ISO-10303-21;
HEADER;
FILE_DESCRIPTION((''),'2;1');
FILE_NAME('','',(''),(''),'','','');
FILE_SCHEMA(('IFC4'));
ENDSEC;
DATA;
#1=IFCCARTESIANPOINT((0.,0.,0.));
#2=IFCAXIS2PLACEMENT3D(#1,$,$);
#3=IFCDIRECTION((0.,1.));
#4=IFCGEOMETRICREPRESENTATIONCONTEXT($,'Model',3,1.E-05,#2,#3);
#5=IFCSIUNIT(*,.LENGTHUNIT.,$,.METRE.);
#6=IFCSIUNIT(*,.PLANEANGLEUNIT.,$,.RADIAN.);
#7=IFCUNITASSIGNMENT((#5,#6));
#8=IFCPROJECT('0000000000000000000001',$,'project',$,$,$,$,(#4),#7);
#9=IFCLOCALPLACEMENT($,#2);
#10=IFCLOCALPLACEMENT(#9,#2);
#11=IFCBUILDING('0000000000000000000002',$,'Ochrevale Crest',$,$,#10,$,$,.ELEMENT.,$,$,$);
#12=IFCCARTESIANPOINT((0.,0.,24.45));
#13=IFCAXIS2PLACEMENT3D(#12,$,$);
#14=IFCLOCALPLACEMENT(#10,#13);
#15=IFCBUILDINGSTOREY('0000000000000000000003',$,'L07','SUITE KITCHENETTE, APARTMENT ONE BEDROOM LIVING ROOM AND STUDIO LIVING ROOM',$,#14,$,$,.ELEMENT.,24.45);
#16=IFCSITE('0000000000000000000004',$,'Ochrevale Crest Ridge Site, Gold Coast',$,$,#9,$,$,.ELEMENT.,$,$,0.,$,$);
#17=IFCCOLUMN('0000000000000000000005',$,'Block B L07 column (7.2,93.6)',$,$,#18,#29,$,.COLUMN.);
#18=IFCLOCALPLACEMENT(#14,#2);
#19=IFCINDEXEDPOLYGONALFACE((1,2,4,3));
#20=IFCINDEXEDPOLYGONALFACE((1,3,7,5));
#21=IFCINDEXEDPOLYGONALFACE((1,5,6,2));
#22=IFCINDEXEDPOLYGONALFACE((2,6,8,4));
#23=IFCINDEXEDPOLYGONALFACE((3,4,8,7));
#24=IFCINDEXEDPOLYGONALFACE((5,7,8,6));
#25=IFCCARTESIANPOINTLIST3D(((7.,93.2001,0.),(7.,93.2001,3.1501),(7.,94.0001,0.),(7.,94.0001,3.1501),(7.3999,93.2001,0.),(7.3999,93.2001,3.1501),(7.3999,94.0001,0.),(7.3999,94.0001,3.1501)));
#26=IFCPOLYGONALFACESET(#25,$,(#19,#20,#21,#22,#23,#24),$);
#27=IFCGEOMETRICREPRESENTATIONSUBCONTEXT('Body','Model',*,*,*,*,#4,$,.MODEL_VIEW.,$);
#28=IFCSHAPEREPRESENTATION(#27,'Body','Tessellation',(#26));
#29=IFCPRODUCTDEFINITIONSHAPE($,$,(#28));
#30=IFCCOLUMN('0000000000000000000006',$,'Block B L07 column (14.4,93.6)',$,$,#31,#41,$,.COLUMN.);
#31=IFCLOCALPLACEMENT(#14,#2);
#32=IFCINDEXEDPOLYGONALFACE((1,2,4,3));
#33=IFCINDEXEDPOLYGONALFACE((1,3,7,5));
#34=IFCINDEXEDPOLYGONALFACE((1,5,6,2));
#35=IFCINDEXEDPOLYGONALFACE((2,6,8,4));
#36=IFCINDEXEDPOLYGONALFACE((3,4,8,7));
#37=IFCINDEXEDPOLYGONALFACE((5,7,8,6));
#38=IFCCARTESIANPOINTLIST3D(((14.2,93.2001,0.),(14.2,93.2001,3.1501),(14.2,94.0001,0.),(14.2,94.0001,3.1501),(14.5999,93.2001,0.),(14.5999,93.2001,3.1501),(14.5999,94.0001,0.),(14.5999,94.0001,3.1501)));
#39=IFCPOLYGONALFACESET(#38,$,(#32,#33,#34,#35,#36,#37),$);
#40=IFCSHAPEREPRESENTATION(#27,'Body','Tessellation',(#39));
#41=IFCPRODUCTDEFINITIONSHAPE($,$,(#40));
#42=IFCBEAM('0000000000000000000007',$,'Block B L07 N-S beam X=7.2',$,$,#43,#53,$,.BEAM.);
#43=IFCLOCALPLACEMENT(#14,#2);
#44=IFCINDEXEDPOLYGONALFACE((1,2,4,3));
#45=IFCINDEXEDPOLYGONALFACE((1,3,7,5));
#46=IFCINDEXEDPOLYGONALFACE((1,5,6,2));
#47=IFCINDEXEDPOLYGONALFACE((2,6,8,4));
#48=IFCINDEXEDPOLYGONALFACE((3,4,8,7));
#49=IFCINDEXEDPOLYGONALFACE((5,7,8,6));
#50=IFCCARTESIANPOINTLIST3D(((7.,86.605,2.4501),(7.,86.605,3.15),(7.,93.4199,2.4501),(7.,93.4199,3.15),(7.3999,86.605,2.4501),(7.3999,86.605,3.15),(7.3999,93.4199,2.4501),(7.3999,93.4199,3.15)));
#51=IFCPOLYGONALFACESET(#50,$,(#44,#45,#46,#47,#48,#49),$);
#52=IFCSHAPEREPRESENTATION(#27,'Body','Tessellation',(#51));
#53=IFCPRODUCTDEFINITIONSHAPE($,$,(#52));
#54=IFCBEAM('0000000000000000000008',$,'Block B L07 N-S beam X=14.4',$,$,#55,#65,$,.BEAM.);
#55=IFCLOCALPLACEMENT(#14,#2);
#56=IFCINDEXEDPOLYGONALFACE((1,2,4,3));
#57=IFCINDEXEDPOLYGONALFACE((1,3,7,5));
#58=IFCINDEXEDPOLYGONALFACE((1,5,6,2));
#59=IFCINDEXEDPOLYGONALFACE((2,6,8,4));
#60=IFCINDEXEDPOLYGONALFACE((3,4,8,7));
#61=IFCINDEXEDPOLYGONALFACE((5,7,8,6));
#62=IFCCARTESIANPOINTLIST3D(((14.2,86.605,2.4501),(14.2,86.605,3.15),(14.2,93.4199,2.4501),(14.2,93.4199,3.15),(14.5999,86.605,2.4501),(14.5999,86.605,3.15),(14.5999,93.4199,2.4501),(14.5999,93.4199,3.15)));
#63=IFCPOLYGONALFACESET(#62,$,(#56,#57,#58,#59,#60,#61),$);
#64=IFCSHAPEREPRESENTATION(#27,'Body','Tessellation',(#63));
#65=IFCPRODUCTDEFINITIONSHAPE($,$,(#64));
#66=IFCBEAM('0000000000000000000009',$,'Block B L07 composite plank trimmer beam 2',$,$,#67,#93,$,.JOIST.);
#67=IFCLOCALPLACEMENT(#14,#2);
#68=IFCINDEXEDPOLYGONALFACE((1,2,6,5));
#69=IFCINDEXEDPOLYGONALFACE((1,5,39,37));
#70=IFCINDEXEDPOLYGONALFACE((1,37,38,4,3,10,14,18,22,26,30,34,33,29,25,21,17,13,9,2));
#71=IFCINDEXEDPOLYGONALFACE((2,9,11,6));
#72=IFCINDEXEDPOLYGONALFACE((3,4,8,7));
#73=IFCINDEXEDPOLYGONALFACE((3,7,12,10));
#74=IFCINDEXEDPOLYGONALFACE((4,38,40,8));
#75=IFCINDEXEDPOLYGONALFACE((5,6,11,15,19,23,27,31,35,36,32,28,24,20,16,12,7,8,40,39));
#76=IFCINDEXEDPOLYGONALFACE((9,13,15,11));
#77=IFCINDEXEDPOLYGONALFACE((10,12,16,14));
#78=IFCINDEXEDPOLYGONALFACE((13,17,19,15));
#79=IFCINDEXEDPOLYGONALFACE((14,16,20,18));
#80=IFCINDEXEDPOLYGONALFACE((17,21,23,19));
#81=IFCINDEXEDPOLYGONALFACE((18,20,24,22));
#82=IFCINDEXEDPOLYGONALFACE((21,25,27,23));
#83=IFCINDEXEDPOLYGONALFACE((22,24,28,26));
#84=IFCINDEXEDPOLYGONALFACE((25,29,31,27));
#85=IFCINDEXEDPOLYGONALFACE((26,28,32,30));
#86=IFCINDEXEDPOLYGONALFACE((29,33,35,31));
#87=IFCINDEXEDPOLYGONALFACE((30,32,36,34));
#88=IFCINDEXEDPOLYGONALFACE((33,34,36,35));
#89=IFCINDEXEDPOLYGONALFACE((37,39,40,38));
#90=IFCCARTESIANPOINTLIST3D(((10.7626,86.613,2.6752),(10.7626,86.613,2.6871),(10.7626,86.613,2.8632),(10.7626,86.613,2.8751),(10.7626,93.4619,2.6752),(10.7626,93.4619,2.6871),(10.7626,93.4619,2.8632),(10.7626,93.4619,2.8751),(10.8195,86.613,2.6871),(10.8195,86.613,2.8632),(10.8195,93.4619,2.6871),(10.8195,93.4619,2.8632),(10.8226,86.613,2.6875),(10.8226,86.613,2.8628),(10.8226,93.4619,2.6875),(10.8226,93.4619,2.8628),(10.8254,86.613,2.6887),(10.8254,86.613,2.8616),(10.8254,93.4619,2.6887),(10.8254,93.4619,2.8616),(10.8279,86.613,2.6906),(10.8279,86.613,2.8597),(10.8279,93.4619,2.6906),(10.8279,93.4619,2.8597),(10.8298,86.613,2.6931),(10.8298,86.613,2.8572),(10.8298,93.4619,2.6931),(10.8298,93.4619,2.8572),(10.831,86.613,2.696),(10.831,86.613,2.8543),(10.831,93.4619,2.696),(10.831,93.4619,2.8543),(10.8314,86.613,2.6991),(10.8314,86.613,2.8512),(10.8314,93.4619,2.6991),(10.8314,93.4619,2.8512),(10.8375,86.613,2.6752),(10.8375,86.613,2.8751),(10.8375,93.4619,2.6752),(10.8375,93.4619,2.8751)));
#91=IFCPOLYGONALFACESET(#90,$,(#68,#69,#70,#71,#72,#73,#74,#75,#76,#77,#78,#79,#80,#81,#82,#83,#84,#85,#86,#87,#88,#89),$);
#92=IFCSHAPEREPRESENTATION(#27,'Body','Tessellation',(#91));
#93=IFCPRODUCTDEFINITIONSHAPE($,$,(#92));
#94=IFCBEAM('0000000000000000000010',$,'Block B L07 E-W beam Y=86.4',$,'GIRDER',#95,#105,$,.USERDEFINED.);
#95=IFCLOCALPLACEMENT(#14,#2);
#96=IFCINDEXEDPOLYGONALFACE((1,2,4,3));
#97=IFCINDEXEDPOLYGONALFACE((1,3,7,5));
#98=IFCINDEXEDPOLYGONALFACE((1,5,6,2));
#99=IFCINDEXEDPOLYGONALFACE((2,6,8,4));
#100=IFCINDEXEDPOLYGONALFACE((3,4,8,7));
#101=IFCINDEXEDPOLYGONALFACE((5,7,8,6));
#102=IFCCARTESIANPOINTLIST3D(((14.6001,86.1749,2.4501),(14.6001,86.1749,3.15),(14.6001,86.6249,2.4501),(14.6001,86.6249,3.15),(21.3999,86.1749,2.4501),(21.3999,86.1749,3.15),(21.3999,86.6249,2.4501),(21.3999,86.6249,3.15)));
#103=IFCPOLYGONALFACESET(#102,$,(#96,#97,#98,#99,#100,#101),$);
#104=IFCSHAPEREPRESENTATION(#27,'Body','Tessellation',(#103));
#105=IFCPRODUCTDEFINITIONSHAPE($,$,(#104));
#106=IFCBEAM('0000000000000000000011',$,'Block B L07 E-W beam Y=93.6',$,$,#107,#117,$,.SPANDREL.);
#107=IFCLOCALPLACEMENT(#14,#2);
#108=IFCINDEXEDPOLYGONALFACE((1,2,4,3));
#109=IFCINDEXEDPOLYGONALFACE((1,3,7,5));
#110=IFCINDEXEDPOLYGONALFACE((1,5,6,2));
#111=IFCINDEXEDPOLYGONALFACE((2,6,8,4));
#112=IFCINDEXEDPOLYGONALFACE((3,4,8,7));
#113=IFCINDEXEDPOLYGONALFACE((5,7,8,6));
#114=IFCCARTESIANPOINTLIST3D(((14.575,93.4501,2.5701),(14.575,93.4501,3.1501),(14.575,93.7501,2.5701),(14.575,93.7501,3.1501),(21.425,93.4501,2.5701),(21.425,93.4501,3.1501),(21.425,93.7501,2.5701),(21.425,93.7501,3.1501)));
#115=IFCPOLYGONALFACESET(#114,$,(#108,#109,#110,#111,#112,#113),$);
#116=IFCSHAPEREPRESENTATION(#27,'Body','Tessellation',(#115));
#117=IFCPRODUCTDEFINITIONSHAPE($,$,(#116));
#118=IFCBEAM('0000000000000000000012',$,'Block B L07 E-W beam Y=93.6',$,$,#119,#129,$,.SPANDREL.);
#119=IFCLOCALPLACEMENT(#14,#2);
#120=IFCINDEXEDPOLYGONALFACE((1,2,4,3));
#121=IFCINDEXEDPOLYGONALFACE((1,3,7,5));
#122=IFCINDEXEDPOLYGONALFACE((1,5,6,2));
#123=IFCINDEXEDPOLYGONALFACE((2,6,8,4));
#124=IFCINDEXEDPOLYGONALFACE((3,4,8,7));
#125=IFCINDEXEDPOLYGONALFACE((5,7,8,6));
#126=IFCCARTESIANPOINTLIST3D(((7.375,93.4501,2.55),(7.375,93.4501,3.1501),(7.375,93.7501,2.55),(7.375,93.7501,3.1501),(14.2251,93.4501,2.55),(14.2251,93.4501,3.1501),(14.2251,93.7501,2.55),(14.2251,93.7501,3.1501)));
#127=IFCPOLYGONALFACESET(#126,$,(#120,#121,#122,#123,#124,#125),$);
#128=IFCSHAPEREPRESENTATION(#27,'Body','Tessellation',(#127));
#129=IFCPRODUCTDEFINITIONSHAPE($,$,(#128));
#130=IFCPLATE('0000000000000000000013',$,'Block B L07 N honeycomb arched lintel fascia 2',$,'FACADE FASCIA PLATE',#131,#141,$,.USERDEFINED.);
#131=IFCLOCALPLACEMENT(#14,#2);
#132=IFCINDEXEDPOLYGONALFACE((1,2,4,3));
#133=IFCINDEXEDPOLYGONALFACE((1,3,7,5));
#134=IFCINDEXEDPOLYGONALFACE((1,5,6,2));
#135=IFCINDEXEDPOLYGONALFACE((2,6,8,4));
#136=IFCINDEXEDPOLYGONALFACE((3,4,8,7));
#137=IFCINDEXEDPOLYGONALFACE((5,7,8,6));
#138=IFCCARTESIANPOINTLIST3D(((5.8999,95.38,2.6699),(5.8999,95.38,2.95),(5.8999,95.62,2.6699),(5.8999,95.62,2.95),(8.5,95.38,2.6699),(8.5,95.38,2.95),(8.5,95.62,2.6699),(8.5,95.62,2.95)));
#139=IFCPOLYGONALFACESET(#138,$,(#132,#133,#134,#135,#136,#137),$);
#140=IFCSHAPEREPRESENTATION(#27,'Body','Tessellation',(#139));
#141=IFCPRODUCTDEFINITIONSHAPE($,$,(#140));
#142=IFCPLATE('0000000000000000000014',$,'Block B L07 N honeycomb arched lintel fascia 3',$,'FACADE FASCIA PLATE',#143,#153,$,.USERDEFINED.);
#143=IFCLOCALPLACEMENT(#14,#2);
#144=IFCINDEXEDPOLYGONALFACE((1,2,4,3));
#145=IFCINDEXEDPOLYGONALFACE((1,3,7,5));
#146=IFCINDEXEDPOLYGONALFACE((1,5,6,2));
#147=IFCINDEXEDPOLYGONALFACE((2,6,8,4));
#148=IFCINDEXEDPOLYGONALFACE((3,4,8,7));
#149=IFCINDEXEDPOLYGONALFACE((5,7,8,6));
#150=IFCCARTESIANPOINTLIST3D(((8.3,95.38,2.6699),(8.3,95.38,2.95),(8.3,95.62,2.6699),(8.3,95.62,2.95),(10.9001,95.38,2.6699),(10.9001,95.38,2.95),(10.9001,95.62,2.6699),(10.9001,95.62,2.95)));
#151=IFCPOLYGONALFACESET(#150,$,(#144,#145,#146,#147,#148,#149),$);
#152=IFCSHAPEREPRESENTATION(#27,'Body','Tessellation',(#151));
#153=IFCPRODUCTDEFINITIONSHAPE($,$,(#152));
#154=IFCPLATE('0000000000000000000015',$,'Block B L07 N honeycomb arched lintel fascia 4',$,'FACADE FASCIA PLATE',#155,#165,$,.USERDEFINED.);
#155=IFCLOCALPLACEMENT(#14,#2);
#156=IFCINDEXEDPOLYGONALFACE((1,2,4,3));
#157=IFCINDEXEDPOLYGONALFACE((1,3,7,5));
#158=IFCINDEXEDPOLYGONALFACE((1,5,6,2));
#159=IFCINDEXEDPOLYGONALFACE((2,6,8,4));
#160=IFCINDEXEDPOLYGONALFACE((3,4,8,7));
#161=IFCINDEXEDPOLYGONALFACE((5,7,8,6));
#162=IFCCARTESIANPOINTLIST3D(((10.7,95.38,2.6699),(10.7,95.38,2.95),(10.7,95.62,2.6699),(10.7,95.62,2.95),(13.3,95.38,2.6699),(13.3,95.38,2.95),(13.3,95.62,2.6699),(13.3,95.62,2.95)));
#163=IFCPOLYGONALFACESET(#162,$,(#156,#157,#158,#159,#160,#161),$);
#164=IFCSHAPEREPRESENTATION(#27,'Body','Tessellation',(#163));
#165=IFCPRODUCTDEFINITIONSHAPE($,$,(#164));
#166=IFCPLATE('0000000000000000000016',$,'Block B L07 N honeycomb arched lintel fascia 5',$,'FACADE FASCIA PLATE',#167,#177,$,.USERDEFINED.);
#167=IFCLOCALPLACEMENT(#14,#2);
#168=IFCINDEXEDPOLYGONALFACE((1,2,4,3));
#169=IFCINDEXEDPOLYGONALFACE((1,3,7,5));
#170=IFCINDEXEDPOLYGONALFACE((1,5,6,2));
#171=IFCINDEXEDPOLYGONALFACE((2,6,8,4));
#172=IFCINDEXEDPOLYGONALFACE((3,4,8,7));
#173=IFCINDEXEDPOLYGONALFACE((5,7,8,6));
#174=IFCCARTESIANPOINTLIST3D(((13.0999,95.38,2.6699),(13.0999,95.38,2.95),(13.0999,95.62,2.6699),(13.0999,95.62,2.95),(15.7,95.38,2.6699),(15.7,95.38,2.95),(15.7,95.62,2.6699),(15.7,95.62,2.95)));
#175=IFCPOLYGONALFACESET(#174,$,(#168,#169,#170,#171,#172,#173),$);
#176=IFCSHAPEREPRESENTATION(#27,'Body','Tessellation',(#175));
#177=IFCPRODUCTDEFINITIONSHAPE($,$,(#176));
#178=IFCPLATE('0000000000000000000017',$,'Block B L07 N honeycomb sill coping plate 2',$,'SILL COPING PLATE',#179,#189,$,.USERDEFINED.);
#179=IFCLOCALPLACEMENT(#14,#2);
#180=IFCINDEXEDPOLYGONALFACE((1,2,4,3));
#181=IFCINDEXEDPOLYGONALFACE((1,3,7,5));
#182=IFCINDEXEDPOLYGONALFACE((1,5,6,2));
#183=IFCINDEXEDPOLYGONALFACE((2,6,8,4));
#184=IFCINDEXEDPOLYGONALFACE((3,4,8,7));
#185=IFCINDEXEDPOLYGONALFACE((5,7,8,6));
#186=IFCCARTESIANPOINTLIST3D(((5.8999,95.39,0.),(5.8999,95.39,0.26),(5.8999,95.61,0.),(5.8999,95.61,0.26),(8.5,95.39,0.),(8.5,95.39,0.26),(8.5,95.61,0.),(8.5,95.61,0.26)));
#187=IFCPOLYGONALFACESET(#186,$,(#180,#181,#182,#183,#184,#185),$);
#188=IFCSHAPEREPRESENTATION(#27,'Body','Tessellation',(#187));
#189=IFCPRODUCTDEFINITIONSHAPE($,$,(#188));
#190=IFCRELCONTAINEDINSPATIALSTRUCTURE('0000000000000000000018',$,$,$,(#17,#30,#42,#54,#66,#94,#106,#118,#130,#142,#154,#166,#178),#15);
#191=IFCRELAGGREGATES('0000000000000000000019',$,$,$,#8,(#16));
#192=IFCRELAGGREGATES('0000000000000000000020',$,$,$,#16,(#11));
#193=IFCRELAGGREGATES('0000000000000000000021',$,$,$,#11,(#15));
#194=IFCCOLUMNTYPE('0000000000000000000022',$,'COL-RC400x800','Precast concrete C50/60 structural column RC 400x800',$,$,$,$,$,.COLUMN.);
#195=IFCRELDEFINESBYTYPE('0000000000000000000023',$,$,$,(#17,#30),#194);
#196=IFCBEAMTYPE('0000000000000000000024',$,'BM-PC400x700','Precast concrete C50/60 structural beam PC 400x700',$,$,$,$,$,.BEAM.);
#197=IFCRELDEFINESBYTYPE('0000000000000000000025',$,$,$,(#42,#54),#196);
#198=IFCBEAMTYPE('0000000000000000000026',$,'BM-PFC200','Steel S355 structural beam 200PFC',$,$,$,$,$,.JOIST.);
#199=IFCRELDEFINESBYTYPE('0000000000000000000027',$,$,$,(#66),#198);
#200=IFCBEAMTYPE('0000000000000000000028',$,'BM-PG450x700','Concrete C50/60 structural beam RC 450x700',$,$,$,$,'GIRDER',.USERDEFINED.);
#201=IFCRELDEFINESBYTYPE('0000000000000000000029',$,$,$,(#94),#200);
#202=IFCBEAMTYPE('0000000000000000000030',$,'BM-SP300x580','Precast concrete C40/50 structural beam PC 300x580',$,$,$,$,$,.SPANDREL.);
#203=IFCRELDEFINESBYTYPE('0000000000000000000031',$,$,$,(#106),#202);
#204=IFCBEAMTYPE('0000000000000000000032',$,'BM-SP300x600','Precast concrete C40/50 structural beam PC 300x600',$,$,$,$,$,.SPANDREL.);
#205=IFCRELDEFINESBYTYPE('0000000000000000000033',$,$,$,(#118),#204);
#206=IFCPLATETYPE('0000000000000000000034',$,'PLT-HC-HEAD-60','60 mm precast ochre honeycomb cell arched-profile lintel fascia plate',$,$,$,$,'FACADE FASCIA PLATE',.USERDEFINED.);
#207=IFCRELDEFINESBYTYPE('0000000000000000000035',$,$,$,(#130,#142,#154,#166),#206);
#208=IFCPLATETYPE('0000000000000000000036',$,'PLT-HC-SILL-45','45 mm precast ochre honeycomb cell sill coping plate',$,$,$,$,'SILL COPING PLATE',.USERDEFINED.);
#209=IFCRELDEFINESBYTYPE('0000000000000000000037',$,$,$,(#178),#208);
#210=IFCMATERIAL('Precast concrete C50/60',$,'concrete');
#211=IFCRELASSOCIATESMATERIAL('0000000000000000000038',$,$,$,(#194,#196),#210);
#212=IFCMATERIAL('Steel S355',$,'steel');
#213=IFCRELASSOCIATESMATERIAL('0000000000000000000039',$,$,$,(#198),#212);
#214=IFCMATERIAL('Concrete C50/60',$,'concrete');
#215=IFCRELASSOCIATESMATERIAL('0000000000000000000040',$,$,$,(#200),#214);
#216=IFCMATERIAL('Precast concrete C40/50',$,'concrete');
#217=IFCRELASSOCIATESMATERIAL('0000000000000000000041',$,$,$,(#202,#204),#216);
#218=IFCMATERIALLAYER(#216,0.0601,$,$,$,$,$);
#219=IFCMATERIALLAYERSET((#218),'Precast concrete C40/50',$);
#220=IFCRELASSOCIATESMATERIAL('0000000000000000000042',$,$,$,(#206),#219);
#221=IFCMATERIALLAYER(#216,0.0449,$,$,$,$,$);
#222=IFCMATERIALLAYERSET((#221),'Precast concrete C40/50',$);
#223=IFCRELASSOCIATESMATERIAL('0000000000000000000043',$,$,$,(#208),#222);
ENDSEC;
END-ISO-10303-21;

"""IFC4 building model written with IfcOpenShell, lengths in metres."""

from ifc_helpers import new_model, si_unit, direction, frame, origin, origin_2d, place, context, subcontext, project, spatial, rectangle, u_section, extrude, material, layer, layer_set, material_profile, profile_set, type_object, element, save


model = new_model("IFC4")

# Units and contexts
model_context = context("Model", 3, precision=1e-05, world=origin(), true_north=direction((0.0, 1.0)))
body_context = subcontext(model_context, "Body", "Model", "MODEL_VIEW")
ifc_project = project(units=[si_unit("LENGTHUNIT", "METRE"), si_unit("PLANEANGLEUNIT", "RADIAN")], contexts=[model_context])

# Site, building, storey
site_placement = place(None, origin())
site = spatial("IfcSite", under=ifc_project, at=site_placement, Name="Ochrevale Crest Ridge Site, Gold Coast", CompositionType="ELEMENT", RefElevation=0.0)
building_placement = place(site_placement, origin())
building = spatial("IfcBuilding", under=site, at=building_placement, Name="Ochrevale Crest", CompositionType="ELEMENT")
storey_placement = place(building_placement, frame((0.0, 0.0, 24.45)))
storey = spatial("IfcBuildingStorey", under=building, at=storey_placement, Name="L07", Description="SUITE KITCHENETTE, APARTMENT ONE BEDROOM LIVING ROOM AND STUDIO LIVING ROOM", CompositionType="ELEMENT", Elevation=24.45)

# Columns
ifc_material_1 = material(Name="Precast concrete C50/60", Category="concrete")
ifc_material_profile_1 = material_profile(ifc_material_1, rectangle(XDim=0.3999, YDim=0.8, at=origin_2d()), Name="RC 400x800")
ifc_profile_set_1 = profile_set([ifc_material_profile_1], Name="Precast concrete C50/60")
column_type = type_object("IfcColumnType", Name="COL-RC400x800", Description="Precast concrete C50/60 structural column RC 400x800", PredefinedType="COLUMN", material=ifc_profile_set_1)
for number, where, z_axis, x_axis, name in (
    (1, (7.2, 93.6001, 0.0), (0.0, 0.0, 1.0), (1.0, 0.0, 0.0), "Block B L07 column (7.2,93.6)"),
    (2, (14.3999, 93.6001, 0.0), (0.0, 0.0, 1.0), (1.0, 0.0, 0.0), "Block B L07 column (14.4,93.6)"),
):
    element("IfcColumn", number, at=place(storey_placement, frame(where, z_axis=z_axis, x_axis=x_axis)), inside=storey, type_object=column_type, Name=name, PredefinedType="COLUMN", context=body_context, shape_type="SweptSolid", body=[
        extrude(rectangle(XDim=0.3999, YDim=0.8, at=origin_2d()), origin(), (0.0, 0.0, 1.0), 3.1501),
    ])

# Beams
ifc_material_profile_2 = material_profile(ifc_material_1, rectangle(XDim=0.3999, YDim=0.7, at=origin_2d()), Name="PC 400x700")
ifc_profile_set_2 = profile_set([ifc_material_profile_2], Name="Precast concrete C50/60")
beam_type_1 = type_object("IfcBeamType", Name="BM-PC400x700", Description="Precast concrete C50/60 structural beam PC 400x700", PredefinedType="BEAM", material=ifc_profile_set_2)
for number, where, z_axis, x_axis, name in (
    (3, (7.2, 86.605, 2.8), (0.0, 1.0, 0.0), (-1.0, 0.0, 0.0), "Block B L07 N-S beam X=7.2"),
    (4, (14.3999, 86.605, 2.8), (0.0, 1.0, 0.0), (-1.0, 0.0, 0.0), "Block B L07 N-S beam X=14.4"),
):
    element("IfcBeam", number, at=place(storey_placement, frame(where, z_axis=z_axis, x_axis=x_axis)), inside=storey, type_object=beam_type_1, Name=name, PredefinedType="BEAM", context=body_context, shape_type="SweptSolid", body=[
        extrude(rectangle(XDim=0.3999, YDim=0.7, at=origin_2d()), origin(), (0.0, 0.0, 1.0), 6.8149),
    ])
ifc_material_2 = material(Name="Steel S355", Category="steel")
ifc_material_profile_3 = material_profile(ifc_material_2, u_section(Depth=0.2, FlangeWidth=0.075, WebThickness=0.0061, FlangeThickness=0.012, FilletRadius=0.012, at=origin_2d()), Name="200PFC")
ifc_profile_set_3 = profile_set([ifc_material_profile_3], Name="Steel S355")
beam_type_2 = type_object("IfcBeamType", Name="BM-PFC200", Description="Steel S355 structural beam 200PFC", PredefinedType="JOIST", material=ifc_profile_set_3)
beam_1_placement = place(storey_placement, frame((10.8, 86.613, 2.7751), z_axis=(0.0, 1.0, 0.0), x_axis=(-1.0, 0.0, 0.0)))
element("IfcBeam", 5, at=beam_1_placement, inside=storey, type_object=beam_type_2, Name="Block B L07 composite plank trimmer beam 2", PredefinedType="JOIST", context=body_context, shape_type="SweptSolid", body=[
    extrude(u_section(Depth=0.2, FlangeWidth=0.075, WebThickness=0.0061, FlangeThickness=0.012, FilletRadius=0.012, at=origin_2d()), origin(), (0.0, 0.0, 1.0), 6.8489),
])
ifc_material_3 = material(Name="Concrete C50/60", Category="concrete")
ifc_material_profile_4 = material_profile(ifc_material_3, rectangle(XDim=0.45, YDim=0.7, at=origin_2d()), Name="RC 450x700")
ifc_profile_set_4 = profile_set([ifc_material_profile_4], Name="Concrete C50/60")
beam_type_3 = type_object("IfcBeamType", Name="BM-PG450x700", Description="Concrete C50/60 structural beam RC 450x700", ElementType="GIRDER", PredefinedType="USERDEFINED", material=ifc_profile_set_4)
beam_2_placement = place(storey_placement, frame((14.6001, 86.3999, 2.8), z_axis=(1.0, 0.0, 0.0), x_axis=(0.0, 1.0, 0.0)))
element("IfcBeam", 6, at=beam_2_placement, inside=storey, type_object=beam_type_3, Name="Block B L07 E-W beam Y=86.4", ObjectType="GIRDER", PredefinedType="USERDEFINED", context=body_context, shape_type="SweptSolid", body=[
    extrude(rectangle(XDim=0.45, YDim=0.7, at=origin_2d()), origin(), (0.0, 0.0, 1.0), 6.7998),
])
ifc_material_4 = material(Name="Precast concrete C40/50", Category="concrete")
ifc_material_profile_5 = material_profile(ifc_material_4, rectangle(XDim=0.3, YDim=0.5801, at=origin_2d()), Name="PC 300x580")
ifc_profile_set_5 = profile_set([ifc_material_profile_5], Name="Precast concrete C40/50")
beam_type_4 = type_object("IfcBeamType", Name="BM-SP300x580", Description="Precast concrete C40/50 structural beam PC 300x580", PredefinedType="SPANDREL", material=ifc_profile_set_5)
beam_3_placement = place(storey_placement, frame((14.575, 93.6001, 2.8601), z_axis=(1.0, 0.0, 0.0), x_axis=(0.0, 1.0, 0.0)))
element("IfcBeam", 7, at=beam_3_placement, inside=storey, type_object=beam_type_4, Name="Block B L07 E-W beam Y=93.6", PredefinedType="SPANDREL", context=body_context, shape_type="SweptSolid", body=[
    extrude(rectangle(XDim=0.3, YDim=0.5801, at=origin_2d()), origin(), (0.0, 0.0, 1.0), 6.8501),
])
ifc_material_profile_6 = material_profile(ifc_material_4, rectangle(XDim=0.3, YDim=0.6001, at=origin_2d()), Name="PC 300x600")
ifc_profile_set_6 = profile_set([ifc_material_profile_6], Name="Precast concrete C40/50")
beam_type_5 = type_object("IfcBeamType", Name="BM-SP300x600", Description="Precast concrete C40/50 structural beam PC 300x600", PredefinedType="SPANDREL", material=ifc_profile_set_6)
beam_4_placement = place(storey_placement, frame((7.375, 93.6001, 2.8501), z_axis=(1.0, 0.0, 0.0), x_axis=(0.0, 1.0, 0.0)))
element("IfcBeam", 8, at=beam_4_placement, inside=storey, type_object=beam_type_5, Name="Block B L07 E-W beam Y=93.6", PredefinedType="SPANDREL", context=body_context, shape_type="SweptSolid", body=[
    extrude(rectangle(XDim=0.3, YDim=0.6001, at=origin_2d()), origin(), (0.0, 0.0, 1.0), 6.8501),
])

# Plates
ifc_layer_1 = layer(ifc_material_4, 0.0601)
ifc_layer_set_1 = layer_set([ifc_layer_1], Name="Precast concrete C40/50")
plate_type_1 = type_object("IfcPlateType", Name="PLT-HC-HEAD-60", Description="60 mm precast ochre honeycomb cell arched-profile lintel fascia plate", ElementType="FACADE FASCIA PLATE", PredefinedType="USERDEFINED", material=ifc_layer_set_1)
for number, where, z_axis, x_axis, name in (
    (9, (7.2, 95.5, 2.6699), (0.0, 0.0, 1.0), (1.0, 0.0, 0.0), "Block B L07 N honeycomb arched lintel fascia 2"),
    (10, (9.6001, 95.5, 2.6699), (0.0, 0.0, 1.0), (1.0, 0.0, 0.0), "Block B L07 N honeycomb arched lintel fascia 3"),
    (11, (12.0, 95.5, 2.6699), (0.0, 0.0, 1.0), (1.0, 0.0, 0.0), "Block B L07 N honeycomb arched lintel fascia 4"),
    (12, (14.3999, 95.5, 2.6699), (0.0, 0.0, 1.0), (1.0, 0.0, 0.0), "Block B L07 N honeycomb arched lintel fascia 5"),
):
    element("IfcPlate", number, at=place(storey_placement, frame(where, z_axis=z_axis, x_axis=x_axis)), inside=storey, type_object=plate_type_1, Name=name, ObjectType="FACADE FASCIA PLATE", PredefinedType="USERDEFINED", context=body_context, shape_type="SweptSolid", body=[
        extrude(rectangle(XDim=2.6001, YDim=0.24, at=origin_2d()), origin(), (0.0, 0.0, 1.0), 0.28),
    ])
ifc_layer_2 = layer(ifc_material_4, 0.0449)
ifc_layer_set_2 = layer_set([ifc_layer_2], Name="Precast concrete C40/50")
plate_type_2 = type_object("IfcPlateType", Name="PLT-HC-SILL-45", Description="45 mm precast ochre honeycomb cell sill coping plate", ElementType="SILL COPING PLATE", PredefinedType="USERDEFINED", material=ifc_layer_set_2)
for number, where, z_axis, x_axis, name in (
    (13, (7.2, 95.5, 0.0), (0.0, 0.0, 1.0), (1.0, 0.0, 0.0), "Block B L07 N honeycomb sill coping plate 2"),
):
    element("IfcPlate", number, at=place(storey_placement, frame(where, z_axis=z_axis, x_axis=x_axis)), inside=storey, type_object=plate_type_2, Name=name, ObjectType="SILL COPING PLATE", PredefinedType="USERDEFINED", context=body_context, shape_type="SweptSolid", body=[
        extrude(rectangle(XDim=2.6001, YDim=0.22, at=origin_2d()), origin(), (0.0, 0.0, 1.0), 0.26),
    ])

save(model, "model.ifc")
